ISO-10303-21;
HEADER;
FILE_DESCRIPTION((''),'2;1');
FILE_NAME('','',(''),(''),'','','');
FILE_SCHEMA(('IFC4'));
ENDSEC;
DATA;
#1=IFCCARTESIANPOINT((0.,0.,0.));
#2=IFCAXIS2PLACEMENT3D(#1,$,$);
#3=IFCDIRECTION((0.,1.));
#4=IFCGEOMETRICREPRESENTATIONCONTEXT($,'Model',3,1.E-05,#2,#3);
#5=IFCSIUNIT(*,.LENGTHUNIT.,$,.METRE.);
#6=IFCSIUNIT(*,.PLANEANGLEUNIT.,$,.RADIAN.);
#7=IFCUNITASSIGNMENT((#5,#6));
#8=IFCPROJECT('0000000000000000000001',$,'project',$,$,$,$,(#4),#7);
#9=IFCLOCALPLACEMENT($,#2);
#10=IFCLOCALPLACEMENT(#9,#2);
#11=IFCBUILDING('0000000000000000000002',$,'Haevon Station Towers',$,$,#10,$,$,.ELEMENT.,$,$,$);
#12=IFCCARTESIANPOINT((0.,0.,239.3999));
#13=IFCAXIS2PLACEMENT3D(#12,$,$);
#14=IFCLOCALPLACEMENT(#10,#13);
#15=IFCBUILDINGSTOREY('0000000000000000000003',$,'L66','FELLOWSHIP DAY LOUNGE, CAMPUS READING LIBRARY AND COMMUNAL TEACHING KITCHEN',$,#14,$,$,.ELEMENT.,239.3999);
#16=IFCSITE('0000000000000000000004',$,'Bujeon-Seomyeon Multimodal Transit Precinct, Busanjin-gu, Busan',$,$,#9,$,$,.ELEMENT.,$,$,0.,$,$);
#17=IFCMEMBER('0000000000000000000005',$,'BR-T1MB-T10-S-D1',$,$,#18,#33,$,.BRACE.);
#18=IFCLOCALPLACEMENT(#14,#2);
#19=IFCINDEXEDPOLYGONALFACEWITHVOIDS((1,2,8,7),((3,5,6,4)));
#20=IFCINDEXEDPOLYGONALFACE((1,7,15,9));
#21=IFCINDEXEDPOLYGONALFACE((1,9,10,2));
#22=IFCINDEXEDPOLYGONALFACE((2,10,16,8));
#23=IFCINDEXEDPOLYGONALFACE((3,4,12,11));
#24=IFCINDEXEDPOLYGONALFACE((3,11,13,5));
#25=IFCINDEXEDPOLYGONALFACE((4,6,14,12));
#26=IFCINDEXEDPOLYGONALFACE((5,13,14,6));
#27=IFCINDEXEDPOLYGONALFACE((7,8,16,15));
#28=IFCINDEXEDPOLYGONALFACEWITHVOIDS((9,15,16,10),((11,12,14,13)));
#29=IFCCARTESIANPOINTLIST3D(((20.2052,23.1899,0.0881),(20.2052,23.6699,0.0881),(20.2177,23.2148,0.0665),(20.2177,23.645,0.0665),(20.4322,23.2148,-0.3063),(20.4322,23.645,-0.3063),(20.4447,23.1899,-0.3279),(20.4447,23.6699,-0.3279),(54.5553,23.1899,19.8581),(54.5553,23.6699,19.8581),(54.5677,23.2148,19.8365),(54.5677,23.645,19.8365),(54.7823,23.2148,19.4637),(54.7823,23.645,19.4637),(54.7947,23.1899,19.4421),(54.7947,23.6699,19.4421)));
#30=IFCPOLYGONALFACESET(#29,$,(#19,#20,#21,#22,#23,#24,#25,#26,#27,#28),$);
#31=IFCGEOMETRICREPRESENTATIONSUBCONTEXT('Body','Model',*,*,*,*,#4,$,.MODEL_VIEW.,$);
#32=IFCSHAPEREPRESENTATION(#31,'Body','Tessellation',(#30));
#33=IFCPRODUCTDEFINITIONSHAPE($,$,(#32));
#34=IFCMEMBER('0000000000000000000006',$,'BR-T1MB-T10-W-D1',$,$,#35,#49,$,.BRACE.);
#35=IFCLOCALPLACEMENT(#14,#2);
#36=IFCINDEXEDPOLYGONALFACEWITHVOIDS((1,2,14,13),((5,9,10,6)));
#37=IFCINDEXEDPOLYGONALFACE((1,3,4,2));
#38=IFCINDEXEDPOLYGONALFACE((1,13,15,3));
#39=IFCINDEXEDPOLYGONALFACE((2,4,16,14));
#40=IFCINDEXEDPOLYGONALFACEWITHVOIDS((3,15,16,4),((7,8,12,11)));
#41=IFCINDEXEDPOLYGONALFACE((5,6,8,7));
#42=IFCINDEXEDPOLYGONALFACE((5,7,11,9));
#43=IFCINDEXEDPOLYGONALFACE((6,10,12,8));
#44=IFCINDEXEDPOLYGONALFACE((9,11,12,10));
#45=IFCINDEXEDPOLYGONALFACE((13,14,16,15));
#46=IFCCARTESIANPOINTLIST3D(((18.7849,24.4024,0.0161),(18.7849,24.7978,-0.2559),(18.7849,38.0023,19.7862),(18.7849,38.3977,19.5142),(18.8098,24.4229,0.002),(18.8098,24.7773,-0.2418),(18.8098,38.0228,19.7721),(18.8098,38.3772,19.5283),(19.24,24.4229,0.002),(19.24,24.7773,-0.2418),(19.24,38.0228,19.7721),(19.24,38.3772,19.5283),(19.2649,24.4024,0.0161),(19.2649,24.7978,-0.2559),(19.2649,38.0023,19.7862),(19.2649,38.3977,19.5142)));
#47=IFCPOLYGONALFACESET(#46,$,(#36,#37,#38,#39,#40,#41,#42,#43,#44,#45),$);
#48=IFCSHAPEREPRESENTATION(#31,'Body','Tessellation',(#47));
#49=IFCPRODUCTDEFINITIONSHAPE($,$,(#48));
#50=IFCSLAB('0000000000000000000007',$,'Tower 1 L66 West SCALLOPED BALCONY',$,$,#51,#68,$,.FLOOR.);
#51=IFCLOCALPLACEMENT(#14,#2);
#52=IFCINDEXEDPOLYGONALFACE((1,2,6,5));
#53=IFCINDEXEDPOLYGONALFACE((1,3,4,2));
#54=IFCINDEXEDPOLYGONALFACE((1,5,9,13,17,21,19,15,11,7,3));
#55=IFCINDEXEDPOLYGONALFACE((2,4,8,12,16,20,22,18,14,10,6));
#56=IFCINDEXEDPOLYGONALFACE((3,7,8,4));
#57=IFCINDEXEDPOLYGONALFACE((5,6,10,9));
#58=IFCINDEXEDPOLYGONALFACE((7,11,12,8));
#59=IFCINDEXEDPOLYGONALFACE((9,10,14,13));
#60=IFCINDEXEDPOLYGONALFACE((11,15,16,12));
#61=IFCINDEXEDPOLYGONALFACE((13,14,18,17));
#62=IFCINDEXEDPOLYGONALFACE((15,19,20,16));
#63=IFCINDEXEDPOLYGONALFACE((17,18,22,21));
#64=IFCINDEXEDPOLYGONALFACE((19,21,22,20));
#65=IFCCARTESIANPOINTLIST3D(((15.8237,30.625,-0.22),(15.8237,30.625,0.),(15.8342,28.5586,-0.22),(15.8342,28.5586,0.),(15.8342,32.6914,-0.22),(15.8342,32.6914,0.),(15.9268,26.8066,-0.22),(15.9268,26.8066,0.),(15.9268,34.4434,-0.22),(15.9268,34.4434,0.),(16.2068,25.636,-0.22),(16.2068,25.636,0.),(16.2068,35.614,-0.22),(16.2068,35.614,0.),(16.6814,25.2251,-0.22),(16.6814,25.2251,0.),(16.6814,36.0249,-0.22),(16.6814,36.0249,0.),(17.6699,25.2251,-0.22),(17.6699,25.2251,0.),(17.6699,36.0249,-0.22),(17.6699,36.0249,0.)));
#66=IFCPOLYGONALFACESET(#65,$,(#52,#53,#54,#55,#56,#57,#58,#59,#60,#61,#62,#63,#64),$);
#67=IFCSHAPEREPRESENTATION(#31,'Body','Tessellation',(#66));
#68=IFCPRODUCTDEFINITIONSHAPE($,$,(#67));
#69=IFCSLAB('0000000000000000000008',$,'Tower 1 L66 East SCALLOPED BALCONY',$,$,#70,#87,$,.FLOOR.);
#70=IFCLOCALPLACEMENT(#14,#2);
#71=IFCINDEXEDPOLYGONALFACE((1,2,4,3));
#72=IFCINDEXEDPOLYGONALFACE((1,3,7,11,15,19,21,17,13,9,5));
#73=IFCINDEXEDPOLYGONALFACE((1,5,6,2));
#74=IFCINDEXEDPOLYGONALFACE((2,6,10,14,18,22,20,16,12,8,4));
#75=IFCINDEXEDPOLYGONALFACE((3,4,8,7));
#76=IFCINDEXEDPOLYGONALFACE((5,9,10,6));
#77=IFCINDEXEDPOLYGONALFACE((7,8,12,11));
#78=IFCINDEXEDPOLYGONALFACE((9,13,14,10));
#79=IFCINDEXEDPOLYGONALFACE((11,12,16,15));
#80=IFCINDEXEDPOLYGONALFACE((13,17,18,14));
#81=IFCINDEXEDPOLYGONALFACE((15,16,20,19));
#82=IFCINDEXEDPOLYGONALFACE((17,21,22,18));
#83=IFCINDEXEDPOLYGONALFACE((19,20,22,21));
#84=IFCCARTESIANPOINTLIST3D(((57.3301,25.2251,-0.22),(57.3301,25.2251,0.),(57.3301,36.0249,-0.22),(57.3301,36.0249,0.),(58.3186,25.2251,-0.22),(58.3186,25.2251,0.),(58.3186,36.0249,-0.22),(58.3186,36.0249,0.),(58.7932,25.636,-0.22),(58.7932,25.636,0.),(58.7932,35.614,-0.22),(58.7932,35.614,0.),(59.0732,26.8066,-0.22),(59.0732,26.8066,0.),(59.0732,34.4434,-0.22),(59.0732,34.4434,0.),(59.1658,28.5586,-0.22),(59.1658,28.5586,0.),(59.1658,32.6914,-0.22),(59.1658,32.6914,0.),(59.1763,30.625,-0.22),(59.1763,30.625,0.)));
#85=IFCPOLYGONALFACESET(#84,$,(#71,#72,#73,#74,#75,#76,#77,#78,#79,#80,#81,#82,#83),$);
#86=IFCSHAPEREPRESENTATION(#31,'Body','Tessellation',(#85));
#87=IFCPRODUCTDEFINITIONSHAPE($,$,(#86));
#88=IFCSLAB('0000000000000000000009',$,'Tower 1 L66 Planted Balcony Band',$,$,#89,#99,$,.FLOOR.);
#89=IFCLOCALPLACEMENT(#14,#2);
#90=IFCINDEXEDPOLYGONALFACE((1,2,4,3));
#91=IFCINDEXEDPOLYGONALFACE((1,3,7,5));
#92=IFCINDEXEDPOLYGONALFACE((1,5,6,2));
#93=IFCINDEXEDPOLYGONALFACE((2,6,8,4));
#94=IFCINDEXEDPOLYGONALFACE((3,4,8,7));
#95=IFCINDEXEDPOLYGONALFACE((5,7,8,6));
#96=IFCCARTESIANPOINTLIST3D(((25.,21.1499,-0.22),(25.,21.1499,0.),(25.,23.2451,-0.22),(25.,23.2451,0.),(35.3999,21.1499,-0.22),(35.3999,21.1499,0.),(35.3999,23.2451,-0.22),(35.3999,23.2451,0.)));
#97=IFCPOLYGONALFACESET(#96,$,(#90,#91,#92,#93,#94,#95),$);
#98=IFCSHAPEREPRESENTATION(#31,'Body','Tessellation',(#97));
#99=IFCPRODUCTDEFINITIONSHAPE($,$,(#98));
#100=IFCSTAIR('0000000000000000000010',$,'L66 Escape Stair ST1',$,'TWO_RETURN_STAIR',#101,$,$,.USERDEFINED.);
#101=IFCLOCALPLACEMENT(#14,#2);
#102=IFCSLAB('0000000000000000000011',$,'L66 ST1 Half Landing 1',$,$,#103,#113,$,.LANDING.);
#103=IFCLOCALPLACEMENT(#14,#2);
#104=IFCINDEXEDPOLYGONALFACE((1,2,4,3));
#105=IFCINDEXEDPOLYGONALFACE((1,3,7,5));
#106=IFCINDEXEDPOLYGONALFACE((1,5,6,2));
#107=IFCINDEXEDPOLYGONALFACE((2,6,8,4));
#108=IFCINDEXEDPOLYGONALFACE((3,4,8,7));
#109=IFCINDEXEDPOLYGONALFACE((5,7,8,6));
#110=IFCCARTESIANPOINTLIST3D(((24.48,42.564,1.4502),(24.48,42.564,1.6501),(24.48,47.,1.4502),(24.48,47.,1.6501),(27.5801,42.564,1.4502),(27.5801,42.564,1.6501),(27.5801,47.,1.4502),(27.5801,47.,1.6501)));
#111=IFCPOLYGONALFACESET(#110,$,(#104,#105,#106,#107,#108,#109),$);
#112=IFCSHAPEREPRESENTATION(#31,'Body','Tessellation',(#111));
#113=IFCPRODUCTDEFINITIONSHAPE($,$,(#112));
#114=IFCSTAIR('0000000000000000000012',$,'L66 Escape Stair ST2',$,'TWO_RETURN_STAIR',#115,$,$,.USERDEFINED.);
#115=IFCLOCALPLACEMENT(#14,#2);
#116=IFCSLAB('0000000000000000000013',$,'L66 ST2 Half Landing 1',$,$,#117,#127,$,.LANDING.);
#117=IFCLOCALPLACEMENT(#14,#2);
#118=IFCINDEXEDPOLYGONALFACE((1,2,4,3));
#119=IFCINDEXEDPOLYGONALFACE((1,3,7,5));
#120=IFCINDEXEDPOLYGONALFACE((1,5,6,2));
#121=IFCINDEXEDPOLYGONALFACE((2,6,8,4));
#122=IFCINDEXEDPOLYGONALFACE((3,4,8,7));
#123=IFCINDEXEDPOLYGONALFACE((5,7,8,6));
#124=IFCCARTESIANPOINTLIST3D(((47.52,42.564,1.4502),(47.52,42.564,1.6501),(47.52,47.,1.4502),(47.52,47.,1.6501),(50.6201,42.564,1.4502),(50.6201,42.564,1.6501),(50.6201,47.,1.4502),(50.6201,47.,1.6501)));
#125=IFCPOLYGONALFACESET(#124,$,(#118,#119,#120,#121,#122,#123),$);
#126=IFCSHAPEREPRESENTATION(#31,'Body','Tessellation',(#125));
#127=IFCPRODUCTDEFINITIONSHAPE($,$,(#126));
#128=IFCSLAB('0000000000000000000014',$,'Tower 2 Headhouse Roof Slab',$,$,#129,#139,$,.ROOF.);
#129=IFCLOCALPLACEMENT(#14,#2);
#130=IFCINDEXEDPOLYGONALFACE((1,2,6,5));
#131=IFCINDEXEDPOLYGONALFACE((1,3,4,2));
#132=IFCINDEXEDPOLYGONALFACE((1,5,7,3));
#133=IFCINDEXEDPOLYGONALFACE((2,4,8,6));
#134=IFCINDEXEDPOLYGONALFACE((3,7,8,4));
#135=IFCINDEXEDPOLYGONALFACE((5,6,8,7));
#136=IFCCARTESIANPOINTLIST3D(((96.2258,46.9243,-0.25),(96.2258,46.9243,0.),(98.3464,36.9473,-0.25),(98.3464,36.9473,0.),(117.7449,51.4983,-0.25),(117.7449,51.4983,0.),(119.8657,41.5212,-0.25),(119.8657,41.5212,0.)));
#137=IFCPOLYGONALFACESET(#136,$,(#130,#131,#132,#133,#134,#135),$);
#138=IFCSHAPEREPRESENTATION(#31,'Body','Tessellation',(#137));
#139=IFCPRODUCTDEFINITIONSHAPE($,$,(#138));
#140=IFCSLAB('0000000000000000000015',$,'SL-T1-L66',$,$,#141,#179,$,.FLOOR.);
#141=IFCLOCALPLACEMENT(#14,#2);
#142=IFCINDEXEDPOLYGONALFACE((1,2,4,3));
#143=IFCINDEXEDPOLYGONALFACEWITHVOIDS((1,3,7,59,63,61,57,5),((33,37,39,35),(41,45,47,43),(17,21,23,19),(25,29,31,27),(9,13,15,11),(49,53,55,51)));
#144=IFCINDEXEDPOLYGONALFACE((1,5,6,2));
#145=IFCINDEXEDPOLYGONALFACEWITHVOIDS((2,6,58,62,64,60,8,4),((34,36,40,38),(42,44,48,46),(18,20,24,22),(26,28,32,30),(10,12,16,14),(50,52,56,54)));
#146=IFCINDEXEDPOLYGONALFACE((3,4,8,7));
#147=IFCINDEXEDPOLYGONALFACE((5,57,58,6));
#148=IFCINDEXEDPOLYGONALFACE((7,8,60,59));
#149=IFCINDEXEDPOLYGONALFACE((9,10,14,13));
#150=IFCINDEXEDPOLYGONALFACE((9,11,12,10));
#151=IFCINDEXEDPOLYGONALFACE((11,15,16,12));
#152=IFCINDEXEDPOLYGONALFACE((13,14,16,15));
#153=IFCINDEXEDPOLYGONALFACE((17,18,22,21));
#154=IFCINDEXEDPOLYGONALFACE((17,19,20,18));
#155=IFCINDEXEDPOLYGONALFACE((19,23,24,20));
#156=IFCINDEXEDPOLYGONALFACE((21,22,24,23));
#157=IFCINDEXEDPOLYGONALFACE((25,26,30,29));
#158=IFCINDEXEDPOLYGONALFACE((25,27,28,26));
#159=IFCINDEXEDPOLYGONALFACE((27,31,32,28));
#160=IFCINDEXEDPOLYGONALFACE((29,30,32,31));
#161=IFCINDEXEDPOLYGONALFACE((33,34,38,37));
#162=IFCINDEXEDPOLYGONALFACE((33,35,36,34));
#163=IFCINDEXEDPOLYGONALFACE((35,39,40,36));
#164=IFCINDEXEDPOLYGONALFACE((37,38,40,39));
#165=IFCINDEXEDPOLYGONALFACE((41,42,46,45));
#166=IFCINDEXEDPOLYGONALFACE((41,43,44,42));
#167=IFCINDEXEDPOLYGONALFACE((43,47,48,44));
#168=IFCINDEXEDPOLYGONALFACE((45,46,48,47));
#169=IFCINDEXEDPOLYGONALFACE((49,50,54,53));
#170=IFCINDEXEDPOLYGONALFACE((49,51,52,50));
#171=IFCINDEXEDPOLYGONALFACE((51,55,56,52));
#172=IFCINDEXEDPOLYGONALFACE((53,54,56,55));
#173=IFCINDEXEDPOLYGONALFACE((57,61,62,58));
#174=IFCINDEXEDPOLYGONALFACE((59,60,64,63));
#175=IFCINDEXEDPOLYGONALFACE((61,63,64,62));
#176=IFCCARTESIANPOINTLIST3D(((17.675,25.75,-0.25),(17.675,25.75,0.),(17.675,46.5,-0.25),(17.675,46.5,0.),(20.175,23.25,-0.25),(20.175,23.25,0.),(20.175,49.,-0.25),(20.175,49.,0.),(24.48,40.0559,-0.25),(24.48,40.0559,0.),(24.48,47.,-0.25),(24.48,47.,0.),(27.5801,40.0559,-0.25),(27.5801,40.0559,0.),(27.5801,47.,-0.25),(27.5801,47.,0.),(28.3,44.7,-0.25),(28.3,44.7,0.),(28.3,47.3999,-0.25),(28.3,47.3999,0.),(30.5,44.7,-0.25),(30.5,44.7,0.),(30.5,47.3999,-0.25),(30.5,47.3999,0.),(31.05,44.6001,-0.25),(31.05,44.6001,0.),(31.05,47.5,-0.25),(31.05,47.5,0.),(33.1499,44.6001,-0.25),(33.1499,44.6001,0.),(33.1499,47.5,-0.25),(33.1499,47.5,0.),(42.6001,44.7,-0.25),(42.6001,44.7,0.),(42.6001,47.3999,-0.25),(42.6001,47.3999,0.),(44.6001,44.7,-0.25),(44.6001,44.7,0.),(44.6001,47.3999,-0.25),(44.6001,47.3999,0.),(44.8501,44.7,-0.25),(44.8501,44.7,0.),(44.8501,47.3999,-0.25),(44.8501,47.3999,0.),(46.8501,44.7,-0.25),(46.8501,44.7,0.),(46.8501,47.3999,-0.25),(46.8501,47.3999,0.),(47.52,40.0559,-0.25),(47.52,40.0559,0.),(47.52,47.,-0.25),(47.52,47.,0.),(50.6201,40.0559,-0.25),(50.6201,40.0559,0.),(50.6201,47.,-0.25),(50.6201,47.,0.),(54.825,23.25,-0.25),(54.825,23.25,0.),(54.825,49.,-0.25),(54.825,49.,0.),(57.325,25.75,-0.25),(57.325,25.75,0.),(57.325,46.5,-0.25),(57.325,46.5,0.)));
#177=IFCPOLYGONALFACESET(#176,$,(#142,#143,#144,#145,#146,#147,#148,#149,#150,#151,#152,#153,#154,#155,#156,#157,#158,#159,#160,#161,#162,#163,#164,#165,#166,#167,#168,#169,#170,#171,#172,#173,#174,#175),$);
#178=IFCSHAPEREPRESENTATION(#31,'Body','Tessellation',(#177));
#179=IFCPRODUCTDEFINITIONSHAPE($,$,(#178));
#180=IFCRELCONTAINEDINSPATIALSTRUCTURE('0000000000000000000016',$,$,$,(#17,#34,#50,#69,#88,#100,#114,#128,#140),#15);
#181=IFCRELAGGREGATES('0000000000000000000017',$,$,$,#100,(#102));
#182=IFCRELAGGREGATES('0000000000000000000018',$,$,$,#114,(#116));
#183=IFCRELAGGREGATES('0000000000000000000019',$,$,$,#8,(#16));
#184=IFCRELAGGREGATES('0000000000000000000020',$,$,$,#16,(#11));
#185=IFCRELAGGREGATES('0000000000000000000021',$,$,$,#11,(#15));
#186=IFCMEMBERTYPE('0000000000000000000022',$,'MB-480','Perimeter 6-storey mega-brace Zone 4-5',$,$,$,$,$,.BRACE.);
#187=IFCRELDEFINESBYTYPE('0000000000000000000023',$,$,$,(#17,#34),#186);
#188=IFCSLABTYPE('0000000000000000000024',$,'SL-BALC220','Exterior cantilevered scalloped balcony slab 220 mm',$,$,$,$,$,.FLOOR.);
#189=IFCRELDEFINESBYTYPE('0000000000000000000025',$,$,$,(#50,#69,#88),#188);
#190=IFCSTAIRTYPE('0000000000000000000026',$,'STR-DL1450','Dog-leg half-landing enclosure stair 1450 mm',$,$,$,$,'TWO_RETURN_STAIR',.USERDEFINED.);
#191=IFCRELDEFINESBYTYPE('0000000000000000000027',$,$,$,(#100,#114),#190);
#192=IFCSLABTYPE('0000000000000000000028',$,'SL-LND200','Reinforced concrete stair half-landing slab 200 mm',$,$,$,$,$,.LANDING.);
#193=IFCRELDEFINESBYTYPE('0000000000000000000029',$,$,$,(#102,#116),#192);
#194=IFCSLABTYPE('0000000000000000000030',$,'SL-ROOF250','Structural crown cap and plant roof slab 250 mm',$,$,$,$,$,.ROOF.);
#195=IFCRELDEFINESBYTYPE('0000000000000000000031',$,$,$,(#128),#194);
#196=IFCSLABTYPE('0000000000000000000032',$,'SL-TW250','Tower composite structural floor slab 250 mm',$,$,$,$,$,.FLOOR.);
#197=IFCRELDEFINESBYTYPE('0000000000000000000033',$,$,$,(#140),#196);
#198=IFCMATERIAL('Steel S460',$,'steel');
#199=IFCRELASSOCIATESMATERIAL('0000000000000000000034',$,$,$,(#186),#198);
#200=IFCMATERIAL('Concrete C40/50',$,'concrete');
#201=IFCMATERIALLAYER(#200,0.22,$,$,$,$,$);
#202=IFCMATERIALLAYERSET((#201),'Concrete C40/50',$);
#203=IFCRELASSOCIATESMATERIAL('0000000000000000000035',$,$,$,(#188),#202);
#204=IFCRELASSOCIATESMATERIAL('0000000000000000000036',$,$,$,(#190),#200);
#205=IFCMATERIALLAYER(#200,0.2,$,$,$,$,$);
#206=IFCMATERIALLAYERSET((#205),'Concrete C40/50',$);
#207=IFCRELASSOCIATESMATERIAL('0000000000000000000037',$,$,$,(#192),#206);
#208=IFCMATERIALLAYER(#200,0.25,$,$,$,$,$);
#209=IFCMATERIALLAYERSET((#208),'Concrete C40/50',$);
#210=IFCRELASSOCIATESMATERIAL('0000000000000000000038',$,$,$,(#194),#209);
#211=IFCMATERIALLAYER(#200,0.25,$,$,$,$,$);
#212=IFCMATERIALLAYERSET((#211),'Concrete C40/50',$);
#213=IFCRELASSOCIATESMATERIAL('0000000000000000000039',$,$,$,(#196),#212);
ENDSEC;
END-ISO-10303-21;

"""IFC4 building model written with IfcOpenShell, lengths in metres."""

from ifc_helpers import new_model, si_unit, direction, frame, origin, origin_2d, place, context, subcontext, project, spatial, polyline, hollow_rectangle, outline, extrude, material, layer, layer_set, material_profile, profile_set, type_object, element, aggregate, save


model = new_model("IFC4")

# Units and contexts
model_context = context("Model", 3, precision=1e-05, world=origin(), true_north=direction((0.0, 1.0)))
body_context = subcontext(model_context, "Body", "Model", "MODEL_VIEW")
ifc_project = project(units=[si_unit("LENGTHUNIT", "METRE"), si_unit("PLANEANGLEUNIT", "RADIAN")], contexts=[model_context])

# Site, building, storey
site_placement = place(None, origin())
site = spatial("IfcSite", under=ifc_project, at=site_placement, Name="Bujeon-Seomyeon Multimodal Transit Precinct, Busanjin-gu, Busan", CompositionType="ELEMENT", RefElevation=0.0)
building_placement = place(site_placement, origin())
building = spatial("IfcBuilding", under=site, at=building_placement, Name="Haevon Station Towers", CompositionType="ELEMENT")
storey_placement = place(building_placement, frame((0.0, 0.0, 239.3999)))
storey = spatial("IfcBuildingStorey", under=building, at=storey_placement, Name="L66", Description="FELLOWSHIP DAY LOUNGE, CAMPUS READING LIBRARY AND COMMUNAL TEACHING KITCHEN", CompositionType="ELEMENT", Elevation=239.3999)

# Shared definitions
ifc_material_1 = material(Name="Steel S460", Category="steel")

# Members
ifc_material_profile_1 = material_profile(ifc_material_1, hollow_rectangle(XDim=0.48, YDim=0.48, WallThickness=0.0249, at=origin_2d()), Name="RHS-480x480x25")
ifc_profile_set_1 = profile_set([ifc_material_profile_1], Name="Steel S460")
member_type = type_object("IfcMemberType", Name="MB-480", Description="Perimeter 6-storey mega-brace Zone 4-5", PredefinedType="BRACE", material=ifc_profile_set_1)
member_1_placement = place(storey_placement, frame((20.325, 23.4299, -0.1199), z_axis=(0.866702, 0.0, 0.498826), x_axis=(0.0, 1.0, 0.0)))
element("IfcMember", 1, at=member_1_placement, inside=storey, type_object=member_type, Name="BR-T1MB-T10-S-D1", PredefinedType="BRACE", context=body_context, shape_type="SweptSolid", body=[
    extrude(hollow_rectangle(XDim=0.48, YDim=0.48, WallThickness=0.0249, at=origin_2d()), origin(), (0.0, 0.0, 1.0), 39.6331),
])
member_2_placement = place(storey_placement, frame((19.0249, 24.6001, -0.1199), z_axis=(0.0, 0.566754, 0.823887), x_axis=(-1.0, 0.0, 0.0)))
element("IfcMember", 2, at=member_2_placement, inside=storey, type_object=member_type, Name="BR-T1MB-T10-W-D1", PredefinedType="BRACE", context=body_context, shape_type="SweptSolid", body=[
    extrude(hollow_rectangle(XDim=0.48, YDim=0.48, WallThickness=0.0249, at=origin_2d()), origin(), (0.0, 0.0, 1.0), 23.9961),
])

# Slabs
ifc_material_2 = material(Name="Concrete C40/50", Category="concrete")
ifc_layer_1 = layer(ifc_material_2, 0.22)
ifc_layer_set_1 = layer_set([ifc_layer_1], Name="Concrete C40/50")
slab_type_1 = type_object("IfcSlabType", Name="SL-BALC220", Description="Exterior cantilevered scalloped balcony slab 220 mm", PredefinedType="FLOOR", material=ifc_layer_set_1)
slab_1_placement = place(storey_placement, frame((0.0, 0.0, -0.22)))
element("IfcSlab", 3, at=slab_1_placement, inside=storey, type_object=slab_type_1, Name="Tower 1 L66 West SCALLOPED BALCONY", PredefinedType="FLOOR", context=body_context, shape_type="SweptSolid", body=[
    extrude(outline(polyline([(17.6699, 36.0249), (16.6814, 36.0249), (16.2068, 35.614), (15.9268, 34.4434), (15.8342, 32.6914), (15.8237, 30.625), (15.8342, 28.5586), (15.9268, 26.8066), (16.2068, 25.636), (16.6814, 25.2251), (17.6699, 25.2251), (17.6699, 36.0249)])), origin(), (0.0, 0.0, 1.0), 0.22),
])
slab_2_placement = place(storey_placement, frame((0.0, 0.0, -0.22)))
element("IfcSlab", 4, at=slab_2_placement, inside=storey, type_object=slab_type_1, Name="Tower 1 L66 East SCALLOPED BALCONY", PredefinedType="FLOOR", context=body_context, shape_type="SweptSolid", body=[
    extrude(outline(polyline([(57.3301, 25.2251), (58.3186, 25.2251), (58.7932, 25.636), (59.0732, 26.8066), (59.1658, 28.5586), (59.1763, 30.625), (59.1658, 32.6914), (59.0732, 34.4434), (58.7932, 35.614), (58.3186, 36.0249), (57.3301, 36.0249), (57.3301, 25.2251)])), origin(), (0.0, 0.0, 1.0), 0.22),
])
slab_3_placement = place(storey_placement, frame((0.0, 0.0, -0.22)))
element("IfcSlab", 5, at=slab_3_placement, inside=storey, type_object=slab_type_1, Name="Tower 1 L66 Planted Balcony Band", PredefinedType="FLOOR", context=body_context, shape_type="SweptSolid", body=[
    extrude(outline(polyline([(25.0, 21.1499), (35.3999, 21.1499), (35.3999, 23.2451), (25.0, 23.2451), (25.0, 21.1499)])), origin(), (0.0, 0.0, 1.0), 0.22),
])

# Stairs, slabs
stair_type = type_object("IfcStairType", Name="STR-DL1450", Description="Dog-leg half-landing enclosure stair 1450 mm", ElementType="TWO_RETURN_STAIR", PredefinedType="USERDEFINED", material=ifc_material_2)
stair_1_placement = place(storey_placement, origin())
stair_1 = element("IfcStair", 6, at=stair_1_placement, inside=storey, type_object=stair_type, Name="L66 Escape Stair ST1", ObjectType="TWO_RETURN_STAIR", PredefinedType="USERDEFINED")
ifc_layer_2 = layer(ifc_material_2, 0.2)
ifc_layer_set_2 = layer_set([ifc_layer_2], Name="Concrete C40/50")
slab_type_2 = type_object("IfcSlabType", Name="SL-LND200", Description="Reinforced concrete stair half-landing slab 200 mm", PredefinedType="LANDING", material=ifc_layer_set_2)
slab_4_placement = place(storey_placement, frame((0.0, 0.0, 1.4502)))
slab_4 = element("IfcSlab", 7, at=slab_4_placement, type_object=slab_type_2, Name="L66 ST1 Half Landing 1", PredefinedType="LANDING", context=body_context, shape_type="SweptSolid", body=[
    extrude(outline(polyline([(27.5801, 42.564), (27.5801, 47.0), (24.48, 47.0), (24.48, 42.564), (27.5801, 42.564)])), origin(), (0.0, 0.0, 1.0), 0.2),
])
aggregate(stair_1, [slab_4])
stair_2_placement = place(storey_placement, origin())
stair_2 = element("IfcStair", 8, at=stair_2_placement, inside=storey, type_object=stair_type, Name="L66 Escape Stair ST2", ObjectType="TWO_RETURN_STAIR", PredefinedType="USERDEFINED")
slab_5_placement = place(storey_placement, frame((0.0, 0.0, 1.4502)))
slab_5 = element("IfcSlab", 9, at=slab_5_placement, type_object=slab_type_2, Name="L66 ST2 Half Landing 1", PredefinedType="LANDING", context=body_context, shape_type="SweptSolid", body=[
    extrude(outline(polyline([(50.6201, 42.564), (50.6201, 47.0), (47.52, 47.0), (47.52, 42.564), (50.6201, 42.564)])), origin(), (0.0, 0.0, 1.0), 0.2),
])
aggregate(stair_2, [slab_5])

# Slabs
ifc_layer_3 = layer(ifc_material_2, 0.25)
ifc_layer_set_3 = layer_set([ifc_layer_3], Name="Concrete C40/50")
slab_type_3 = type_object("IfcSlabType", Name="SL-ROOF250", Description="Structural crown cap and plant roof slab 250 mm", PredefinedType="ROOF", material=ifc_layer_set_3)
slab_6_placement = place(storey_placement, frame((0.0, 0.0, -0.25)))
element("IfcSlab", 10, at=slab_6_placement, inside=storey, type_object=slab_type_3, Name="Tower 2 Headhouse Roof Slab", PredefinedType="ROOF", context=body_context, shape_type="SweptSolid", body=[
    extrude(outline(polyline([(98.3464, 36.9473), (119.8657, 41.5212), (117.7449, 51.4983), (96.2258, 46.9243), (98.3464, 36.9473)])), origin(), (0.0, 0.0, 1.0), 0.25),
])
ifc_layer_4 = layer(ifc_material_2, 0.25)
ifc_layer_set_4 = layer_set([ifc_layer_4], Name="Concrete C40/50")
slab_type_4 = type_object("IfcSlabType", Name="SL-TW250", Description="Tower composite structural floor slab 250 mm", PredefinedType="FLOOR", material=ifc_layer_set_4)
slab_7_placement = place(storey_placement, frame((0.0, 0.0, -0.25)))
element("IfcSlab", 11, at=slab_7_placement, inside=storey, type_object=slab_type_4, Name="SL-T1-L66", PredefinedType="FLOOR", context=body_context, shape_type="SweptSolid", body=[
    extrude(outline(polyline([(20.175, 23.25), (54.825, 23.25), (57.325, 25.75), (57.325, 46.5), (54.825, 49.0), (20.175, 49.0), (17.675, 46.5), (17.675, 25.75), (20.175, 23.25)]), holes=[polyline([(27.5801, 40.0559), (27.5801, 47.0), (24.48, 47.0), (24.48, 40.0559), (27.5801, 40.0559)]), polyline([(50.6201, 40.0559), (50.6201, 47.0), (47.52, 47.0), (47.52, 40.0559), (50.6201, 40.0559)]), polyline([(28.3, 44.7), (30.5, 44.7), (30.5, 47.3999), (28.3, 47.3999), (28.3, 44.7)]), polyline([(31.05, 44.6001), (33.1499, 44.6001), (33.1499, 47.5), (31.05, 47.5), (31.05, 44.6001)]), polyline([(42.6001, 44.7), (44.6001, 44.7), (44.6001, 47.3999), (42.6001, 47.3999), (42.6001, 44.7)]), polyline([(44.8501, 44.7), (46.8501, 44.7), (46.8501, 47.3999), (44.8501, 47.3999), (44.8501, 44.7)])]), origin(), (0.0, 0.0, 1.0), 0.25),
])

save(model, "model.ifc")
